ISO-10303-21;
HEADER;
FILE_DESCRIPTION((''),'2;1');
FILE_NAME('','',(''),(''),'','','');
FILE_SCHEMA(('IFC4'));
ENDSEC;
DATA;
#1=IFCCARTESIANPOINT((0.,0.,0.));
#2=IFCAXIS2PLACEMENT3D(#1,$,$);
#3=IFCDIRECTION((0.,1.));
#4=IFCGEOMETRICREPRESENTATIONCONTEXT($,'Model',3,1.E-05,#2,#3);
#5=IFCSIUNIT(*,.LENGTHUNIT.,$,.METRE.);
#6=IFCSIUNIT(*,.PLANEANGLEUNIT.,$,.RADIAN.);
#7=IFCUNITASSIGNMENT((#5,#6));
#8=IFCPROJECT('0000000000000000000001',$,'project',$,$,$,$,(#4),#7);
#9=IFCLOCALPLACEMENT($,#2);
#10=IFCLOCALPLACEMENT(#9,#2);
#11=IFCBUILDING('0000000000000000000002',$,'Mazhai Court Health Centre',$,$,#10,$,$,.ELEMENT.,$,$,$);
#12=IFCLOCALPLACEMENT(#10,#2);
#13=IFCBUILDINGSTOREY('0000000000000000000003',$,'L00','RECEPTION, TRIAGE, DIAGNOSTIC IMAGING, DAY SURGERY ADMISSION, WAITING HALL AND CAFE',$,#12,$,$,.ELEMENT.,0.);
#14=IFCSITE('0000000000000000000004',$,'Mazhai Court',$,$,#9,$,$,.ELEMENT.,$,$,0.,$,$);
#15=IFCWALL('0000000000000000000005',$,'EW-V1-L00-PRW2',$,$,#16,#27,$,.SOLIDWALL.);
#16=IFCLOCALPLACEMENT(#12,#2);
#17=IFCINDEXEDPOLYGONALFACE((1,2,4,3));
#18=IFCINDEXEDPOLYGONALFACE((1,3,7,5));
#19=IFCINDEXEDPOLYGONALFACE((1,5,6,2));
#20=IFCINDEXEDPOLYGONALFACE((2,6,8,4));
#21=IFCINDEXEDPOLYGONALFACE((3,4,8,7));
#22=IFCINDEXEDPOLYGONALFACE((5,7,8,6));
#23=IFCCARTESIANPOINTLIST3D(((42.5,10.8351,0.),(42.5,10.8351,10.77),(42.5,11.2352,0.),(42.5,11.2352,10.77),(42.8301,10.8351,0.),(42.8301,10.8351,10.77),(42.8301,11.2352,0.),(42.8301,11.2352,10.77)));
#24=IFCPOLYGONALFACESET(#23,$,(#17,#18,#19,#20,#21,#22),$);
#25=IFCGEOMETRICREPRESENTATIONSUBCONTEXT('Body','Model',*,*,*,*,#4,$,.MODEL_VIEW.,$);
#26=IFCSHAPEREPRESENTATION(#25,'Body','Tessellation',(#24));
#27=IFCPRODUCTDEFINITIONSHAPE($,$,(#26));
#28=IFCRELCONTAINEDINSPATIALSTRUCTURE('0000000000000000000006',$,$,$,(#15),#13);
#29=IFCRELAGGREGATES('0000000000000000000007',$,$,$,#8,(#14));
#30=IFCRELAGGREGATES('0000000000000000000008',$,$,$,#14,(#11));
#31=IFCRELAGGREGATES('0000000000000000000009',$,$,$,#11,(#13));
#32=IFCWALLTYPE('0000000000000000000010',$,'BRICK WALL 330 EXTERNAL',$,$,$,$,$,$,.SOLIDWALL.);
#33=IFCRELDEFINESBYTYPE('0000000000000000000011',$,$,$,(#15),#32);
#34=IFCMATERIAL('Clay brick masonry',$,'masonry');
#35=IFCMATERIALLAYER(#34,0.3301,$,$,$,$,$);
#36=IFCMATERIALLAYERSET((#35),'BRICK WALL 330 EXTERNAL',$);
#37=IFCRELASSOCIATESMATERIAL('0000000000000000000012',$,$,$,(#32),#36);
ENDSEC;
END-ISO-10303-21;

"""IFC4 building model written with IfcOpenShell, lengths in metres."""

from ifc_helpers import new_model, si_unit, direction, frame, frame_2d, origin, place, context, subcontext, project, spatial, rectangle, extrude, material, layer, layer_set, type_object, element, save


model = new_model("IFC4")

# Units and contexts
model_context = context("Model", 3, precision=1e-05, world=origin(), true_north=direction((0.0, 1.0)))
body_context = subcontext(model_context, "Body", "Model", "MODEL_VIEW")
ifc_project = project(units=[si_unit("LENGTHUNIT", "METRE"), si_unit("PLANEANGLEUNIT", "RADIAN")], contexts=[model_context])

# Site, building, storey
site_placement = place(None, origin())
site = spatial("IfcSite", under=ifc_project, at=site_placement, Name="Mazhai Court", CompositionType="ELEMENT", RefElevation=0.0)
building_placement = place(site_placement, origin())
building = spatial("IfcBuilding", under=site, at=building_placement, Name="Mazhai Court Health Centre", CompositionType="ELEMENT")
storey_placement = place(building_placement, origin())
storey = spatial("IfcBuildingStorey", under=building, at=storey_placement, Name="L00", Description="RECEPTION, TRIAGE, DIAGNOSTIC IMAGING, DAY SURGERY ADMISSION, WAITING HALL AND CAFE", CompositionType="ELEMENT", Elevation=0.0)

# Wall
ifc_material_1 = material(Name="Clay brick masonry", Category="masonry")
ifc_layer_1 = layer(ifc_material_1, 0.3301)
ifc_layer_set_1 = layer_set([ifc_layer_1], Name="BRICK WALL 330 EXTERNAL")
wall_type = type_object("IfcWallType", Name="BRICK WALL 330 EXTERNAL", PredefinedType="SOLIDWALL", material=ifc_layer_set_1)
wall_1_placement = place(storey_placement, frame((42.665, 10.835, 0.0), z_axis=(0.0, 0.0, 1.0), x_axis=(0.0, 1.0, 0.0)))
element("IfcWall", 1, at=wall_1_placement, inside=storey, type_object=wall_type, Name="EW-V1-L00-PRW2", PredefinedType="SOLIDWALL", context=body_context, shape_type="SweptSolid", body=[
    extrude(rectangle(XDim=0.4001, YDim=0.3301, at=frame_2d((0.2002, 0.0))), origin(), (0.0, 0.0, 1.0), 10.77),
])

save(model, "model.ifc")
